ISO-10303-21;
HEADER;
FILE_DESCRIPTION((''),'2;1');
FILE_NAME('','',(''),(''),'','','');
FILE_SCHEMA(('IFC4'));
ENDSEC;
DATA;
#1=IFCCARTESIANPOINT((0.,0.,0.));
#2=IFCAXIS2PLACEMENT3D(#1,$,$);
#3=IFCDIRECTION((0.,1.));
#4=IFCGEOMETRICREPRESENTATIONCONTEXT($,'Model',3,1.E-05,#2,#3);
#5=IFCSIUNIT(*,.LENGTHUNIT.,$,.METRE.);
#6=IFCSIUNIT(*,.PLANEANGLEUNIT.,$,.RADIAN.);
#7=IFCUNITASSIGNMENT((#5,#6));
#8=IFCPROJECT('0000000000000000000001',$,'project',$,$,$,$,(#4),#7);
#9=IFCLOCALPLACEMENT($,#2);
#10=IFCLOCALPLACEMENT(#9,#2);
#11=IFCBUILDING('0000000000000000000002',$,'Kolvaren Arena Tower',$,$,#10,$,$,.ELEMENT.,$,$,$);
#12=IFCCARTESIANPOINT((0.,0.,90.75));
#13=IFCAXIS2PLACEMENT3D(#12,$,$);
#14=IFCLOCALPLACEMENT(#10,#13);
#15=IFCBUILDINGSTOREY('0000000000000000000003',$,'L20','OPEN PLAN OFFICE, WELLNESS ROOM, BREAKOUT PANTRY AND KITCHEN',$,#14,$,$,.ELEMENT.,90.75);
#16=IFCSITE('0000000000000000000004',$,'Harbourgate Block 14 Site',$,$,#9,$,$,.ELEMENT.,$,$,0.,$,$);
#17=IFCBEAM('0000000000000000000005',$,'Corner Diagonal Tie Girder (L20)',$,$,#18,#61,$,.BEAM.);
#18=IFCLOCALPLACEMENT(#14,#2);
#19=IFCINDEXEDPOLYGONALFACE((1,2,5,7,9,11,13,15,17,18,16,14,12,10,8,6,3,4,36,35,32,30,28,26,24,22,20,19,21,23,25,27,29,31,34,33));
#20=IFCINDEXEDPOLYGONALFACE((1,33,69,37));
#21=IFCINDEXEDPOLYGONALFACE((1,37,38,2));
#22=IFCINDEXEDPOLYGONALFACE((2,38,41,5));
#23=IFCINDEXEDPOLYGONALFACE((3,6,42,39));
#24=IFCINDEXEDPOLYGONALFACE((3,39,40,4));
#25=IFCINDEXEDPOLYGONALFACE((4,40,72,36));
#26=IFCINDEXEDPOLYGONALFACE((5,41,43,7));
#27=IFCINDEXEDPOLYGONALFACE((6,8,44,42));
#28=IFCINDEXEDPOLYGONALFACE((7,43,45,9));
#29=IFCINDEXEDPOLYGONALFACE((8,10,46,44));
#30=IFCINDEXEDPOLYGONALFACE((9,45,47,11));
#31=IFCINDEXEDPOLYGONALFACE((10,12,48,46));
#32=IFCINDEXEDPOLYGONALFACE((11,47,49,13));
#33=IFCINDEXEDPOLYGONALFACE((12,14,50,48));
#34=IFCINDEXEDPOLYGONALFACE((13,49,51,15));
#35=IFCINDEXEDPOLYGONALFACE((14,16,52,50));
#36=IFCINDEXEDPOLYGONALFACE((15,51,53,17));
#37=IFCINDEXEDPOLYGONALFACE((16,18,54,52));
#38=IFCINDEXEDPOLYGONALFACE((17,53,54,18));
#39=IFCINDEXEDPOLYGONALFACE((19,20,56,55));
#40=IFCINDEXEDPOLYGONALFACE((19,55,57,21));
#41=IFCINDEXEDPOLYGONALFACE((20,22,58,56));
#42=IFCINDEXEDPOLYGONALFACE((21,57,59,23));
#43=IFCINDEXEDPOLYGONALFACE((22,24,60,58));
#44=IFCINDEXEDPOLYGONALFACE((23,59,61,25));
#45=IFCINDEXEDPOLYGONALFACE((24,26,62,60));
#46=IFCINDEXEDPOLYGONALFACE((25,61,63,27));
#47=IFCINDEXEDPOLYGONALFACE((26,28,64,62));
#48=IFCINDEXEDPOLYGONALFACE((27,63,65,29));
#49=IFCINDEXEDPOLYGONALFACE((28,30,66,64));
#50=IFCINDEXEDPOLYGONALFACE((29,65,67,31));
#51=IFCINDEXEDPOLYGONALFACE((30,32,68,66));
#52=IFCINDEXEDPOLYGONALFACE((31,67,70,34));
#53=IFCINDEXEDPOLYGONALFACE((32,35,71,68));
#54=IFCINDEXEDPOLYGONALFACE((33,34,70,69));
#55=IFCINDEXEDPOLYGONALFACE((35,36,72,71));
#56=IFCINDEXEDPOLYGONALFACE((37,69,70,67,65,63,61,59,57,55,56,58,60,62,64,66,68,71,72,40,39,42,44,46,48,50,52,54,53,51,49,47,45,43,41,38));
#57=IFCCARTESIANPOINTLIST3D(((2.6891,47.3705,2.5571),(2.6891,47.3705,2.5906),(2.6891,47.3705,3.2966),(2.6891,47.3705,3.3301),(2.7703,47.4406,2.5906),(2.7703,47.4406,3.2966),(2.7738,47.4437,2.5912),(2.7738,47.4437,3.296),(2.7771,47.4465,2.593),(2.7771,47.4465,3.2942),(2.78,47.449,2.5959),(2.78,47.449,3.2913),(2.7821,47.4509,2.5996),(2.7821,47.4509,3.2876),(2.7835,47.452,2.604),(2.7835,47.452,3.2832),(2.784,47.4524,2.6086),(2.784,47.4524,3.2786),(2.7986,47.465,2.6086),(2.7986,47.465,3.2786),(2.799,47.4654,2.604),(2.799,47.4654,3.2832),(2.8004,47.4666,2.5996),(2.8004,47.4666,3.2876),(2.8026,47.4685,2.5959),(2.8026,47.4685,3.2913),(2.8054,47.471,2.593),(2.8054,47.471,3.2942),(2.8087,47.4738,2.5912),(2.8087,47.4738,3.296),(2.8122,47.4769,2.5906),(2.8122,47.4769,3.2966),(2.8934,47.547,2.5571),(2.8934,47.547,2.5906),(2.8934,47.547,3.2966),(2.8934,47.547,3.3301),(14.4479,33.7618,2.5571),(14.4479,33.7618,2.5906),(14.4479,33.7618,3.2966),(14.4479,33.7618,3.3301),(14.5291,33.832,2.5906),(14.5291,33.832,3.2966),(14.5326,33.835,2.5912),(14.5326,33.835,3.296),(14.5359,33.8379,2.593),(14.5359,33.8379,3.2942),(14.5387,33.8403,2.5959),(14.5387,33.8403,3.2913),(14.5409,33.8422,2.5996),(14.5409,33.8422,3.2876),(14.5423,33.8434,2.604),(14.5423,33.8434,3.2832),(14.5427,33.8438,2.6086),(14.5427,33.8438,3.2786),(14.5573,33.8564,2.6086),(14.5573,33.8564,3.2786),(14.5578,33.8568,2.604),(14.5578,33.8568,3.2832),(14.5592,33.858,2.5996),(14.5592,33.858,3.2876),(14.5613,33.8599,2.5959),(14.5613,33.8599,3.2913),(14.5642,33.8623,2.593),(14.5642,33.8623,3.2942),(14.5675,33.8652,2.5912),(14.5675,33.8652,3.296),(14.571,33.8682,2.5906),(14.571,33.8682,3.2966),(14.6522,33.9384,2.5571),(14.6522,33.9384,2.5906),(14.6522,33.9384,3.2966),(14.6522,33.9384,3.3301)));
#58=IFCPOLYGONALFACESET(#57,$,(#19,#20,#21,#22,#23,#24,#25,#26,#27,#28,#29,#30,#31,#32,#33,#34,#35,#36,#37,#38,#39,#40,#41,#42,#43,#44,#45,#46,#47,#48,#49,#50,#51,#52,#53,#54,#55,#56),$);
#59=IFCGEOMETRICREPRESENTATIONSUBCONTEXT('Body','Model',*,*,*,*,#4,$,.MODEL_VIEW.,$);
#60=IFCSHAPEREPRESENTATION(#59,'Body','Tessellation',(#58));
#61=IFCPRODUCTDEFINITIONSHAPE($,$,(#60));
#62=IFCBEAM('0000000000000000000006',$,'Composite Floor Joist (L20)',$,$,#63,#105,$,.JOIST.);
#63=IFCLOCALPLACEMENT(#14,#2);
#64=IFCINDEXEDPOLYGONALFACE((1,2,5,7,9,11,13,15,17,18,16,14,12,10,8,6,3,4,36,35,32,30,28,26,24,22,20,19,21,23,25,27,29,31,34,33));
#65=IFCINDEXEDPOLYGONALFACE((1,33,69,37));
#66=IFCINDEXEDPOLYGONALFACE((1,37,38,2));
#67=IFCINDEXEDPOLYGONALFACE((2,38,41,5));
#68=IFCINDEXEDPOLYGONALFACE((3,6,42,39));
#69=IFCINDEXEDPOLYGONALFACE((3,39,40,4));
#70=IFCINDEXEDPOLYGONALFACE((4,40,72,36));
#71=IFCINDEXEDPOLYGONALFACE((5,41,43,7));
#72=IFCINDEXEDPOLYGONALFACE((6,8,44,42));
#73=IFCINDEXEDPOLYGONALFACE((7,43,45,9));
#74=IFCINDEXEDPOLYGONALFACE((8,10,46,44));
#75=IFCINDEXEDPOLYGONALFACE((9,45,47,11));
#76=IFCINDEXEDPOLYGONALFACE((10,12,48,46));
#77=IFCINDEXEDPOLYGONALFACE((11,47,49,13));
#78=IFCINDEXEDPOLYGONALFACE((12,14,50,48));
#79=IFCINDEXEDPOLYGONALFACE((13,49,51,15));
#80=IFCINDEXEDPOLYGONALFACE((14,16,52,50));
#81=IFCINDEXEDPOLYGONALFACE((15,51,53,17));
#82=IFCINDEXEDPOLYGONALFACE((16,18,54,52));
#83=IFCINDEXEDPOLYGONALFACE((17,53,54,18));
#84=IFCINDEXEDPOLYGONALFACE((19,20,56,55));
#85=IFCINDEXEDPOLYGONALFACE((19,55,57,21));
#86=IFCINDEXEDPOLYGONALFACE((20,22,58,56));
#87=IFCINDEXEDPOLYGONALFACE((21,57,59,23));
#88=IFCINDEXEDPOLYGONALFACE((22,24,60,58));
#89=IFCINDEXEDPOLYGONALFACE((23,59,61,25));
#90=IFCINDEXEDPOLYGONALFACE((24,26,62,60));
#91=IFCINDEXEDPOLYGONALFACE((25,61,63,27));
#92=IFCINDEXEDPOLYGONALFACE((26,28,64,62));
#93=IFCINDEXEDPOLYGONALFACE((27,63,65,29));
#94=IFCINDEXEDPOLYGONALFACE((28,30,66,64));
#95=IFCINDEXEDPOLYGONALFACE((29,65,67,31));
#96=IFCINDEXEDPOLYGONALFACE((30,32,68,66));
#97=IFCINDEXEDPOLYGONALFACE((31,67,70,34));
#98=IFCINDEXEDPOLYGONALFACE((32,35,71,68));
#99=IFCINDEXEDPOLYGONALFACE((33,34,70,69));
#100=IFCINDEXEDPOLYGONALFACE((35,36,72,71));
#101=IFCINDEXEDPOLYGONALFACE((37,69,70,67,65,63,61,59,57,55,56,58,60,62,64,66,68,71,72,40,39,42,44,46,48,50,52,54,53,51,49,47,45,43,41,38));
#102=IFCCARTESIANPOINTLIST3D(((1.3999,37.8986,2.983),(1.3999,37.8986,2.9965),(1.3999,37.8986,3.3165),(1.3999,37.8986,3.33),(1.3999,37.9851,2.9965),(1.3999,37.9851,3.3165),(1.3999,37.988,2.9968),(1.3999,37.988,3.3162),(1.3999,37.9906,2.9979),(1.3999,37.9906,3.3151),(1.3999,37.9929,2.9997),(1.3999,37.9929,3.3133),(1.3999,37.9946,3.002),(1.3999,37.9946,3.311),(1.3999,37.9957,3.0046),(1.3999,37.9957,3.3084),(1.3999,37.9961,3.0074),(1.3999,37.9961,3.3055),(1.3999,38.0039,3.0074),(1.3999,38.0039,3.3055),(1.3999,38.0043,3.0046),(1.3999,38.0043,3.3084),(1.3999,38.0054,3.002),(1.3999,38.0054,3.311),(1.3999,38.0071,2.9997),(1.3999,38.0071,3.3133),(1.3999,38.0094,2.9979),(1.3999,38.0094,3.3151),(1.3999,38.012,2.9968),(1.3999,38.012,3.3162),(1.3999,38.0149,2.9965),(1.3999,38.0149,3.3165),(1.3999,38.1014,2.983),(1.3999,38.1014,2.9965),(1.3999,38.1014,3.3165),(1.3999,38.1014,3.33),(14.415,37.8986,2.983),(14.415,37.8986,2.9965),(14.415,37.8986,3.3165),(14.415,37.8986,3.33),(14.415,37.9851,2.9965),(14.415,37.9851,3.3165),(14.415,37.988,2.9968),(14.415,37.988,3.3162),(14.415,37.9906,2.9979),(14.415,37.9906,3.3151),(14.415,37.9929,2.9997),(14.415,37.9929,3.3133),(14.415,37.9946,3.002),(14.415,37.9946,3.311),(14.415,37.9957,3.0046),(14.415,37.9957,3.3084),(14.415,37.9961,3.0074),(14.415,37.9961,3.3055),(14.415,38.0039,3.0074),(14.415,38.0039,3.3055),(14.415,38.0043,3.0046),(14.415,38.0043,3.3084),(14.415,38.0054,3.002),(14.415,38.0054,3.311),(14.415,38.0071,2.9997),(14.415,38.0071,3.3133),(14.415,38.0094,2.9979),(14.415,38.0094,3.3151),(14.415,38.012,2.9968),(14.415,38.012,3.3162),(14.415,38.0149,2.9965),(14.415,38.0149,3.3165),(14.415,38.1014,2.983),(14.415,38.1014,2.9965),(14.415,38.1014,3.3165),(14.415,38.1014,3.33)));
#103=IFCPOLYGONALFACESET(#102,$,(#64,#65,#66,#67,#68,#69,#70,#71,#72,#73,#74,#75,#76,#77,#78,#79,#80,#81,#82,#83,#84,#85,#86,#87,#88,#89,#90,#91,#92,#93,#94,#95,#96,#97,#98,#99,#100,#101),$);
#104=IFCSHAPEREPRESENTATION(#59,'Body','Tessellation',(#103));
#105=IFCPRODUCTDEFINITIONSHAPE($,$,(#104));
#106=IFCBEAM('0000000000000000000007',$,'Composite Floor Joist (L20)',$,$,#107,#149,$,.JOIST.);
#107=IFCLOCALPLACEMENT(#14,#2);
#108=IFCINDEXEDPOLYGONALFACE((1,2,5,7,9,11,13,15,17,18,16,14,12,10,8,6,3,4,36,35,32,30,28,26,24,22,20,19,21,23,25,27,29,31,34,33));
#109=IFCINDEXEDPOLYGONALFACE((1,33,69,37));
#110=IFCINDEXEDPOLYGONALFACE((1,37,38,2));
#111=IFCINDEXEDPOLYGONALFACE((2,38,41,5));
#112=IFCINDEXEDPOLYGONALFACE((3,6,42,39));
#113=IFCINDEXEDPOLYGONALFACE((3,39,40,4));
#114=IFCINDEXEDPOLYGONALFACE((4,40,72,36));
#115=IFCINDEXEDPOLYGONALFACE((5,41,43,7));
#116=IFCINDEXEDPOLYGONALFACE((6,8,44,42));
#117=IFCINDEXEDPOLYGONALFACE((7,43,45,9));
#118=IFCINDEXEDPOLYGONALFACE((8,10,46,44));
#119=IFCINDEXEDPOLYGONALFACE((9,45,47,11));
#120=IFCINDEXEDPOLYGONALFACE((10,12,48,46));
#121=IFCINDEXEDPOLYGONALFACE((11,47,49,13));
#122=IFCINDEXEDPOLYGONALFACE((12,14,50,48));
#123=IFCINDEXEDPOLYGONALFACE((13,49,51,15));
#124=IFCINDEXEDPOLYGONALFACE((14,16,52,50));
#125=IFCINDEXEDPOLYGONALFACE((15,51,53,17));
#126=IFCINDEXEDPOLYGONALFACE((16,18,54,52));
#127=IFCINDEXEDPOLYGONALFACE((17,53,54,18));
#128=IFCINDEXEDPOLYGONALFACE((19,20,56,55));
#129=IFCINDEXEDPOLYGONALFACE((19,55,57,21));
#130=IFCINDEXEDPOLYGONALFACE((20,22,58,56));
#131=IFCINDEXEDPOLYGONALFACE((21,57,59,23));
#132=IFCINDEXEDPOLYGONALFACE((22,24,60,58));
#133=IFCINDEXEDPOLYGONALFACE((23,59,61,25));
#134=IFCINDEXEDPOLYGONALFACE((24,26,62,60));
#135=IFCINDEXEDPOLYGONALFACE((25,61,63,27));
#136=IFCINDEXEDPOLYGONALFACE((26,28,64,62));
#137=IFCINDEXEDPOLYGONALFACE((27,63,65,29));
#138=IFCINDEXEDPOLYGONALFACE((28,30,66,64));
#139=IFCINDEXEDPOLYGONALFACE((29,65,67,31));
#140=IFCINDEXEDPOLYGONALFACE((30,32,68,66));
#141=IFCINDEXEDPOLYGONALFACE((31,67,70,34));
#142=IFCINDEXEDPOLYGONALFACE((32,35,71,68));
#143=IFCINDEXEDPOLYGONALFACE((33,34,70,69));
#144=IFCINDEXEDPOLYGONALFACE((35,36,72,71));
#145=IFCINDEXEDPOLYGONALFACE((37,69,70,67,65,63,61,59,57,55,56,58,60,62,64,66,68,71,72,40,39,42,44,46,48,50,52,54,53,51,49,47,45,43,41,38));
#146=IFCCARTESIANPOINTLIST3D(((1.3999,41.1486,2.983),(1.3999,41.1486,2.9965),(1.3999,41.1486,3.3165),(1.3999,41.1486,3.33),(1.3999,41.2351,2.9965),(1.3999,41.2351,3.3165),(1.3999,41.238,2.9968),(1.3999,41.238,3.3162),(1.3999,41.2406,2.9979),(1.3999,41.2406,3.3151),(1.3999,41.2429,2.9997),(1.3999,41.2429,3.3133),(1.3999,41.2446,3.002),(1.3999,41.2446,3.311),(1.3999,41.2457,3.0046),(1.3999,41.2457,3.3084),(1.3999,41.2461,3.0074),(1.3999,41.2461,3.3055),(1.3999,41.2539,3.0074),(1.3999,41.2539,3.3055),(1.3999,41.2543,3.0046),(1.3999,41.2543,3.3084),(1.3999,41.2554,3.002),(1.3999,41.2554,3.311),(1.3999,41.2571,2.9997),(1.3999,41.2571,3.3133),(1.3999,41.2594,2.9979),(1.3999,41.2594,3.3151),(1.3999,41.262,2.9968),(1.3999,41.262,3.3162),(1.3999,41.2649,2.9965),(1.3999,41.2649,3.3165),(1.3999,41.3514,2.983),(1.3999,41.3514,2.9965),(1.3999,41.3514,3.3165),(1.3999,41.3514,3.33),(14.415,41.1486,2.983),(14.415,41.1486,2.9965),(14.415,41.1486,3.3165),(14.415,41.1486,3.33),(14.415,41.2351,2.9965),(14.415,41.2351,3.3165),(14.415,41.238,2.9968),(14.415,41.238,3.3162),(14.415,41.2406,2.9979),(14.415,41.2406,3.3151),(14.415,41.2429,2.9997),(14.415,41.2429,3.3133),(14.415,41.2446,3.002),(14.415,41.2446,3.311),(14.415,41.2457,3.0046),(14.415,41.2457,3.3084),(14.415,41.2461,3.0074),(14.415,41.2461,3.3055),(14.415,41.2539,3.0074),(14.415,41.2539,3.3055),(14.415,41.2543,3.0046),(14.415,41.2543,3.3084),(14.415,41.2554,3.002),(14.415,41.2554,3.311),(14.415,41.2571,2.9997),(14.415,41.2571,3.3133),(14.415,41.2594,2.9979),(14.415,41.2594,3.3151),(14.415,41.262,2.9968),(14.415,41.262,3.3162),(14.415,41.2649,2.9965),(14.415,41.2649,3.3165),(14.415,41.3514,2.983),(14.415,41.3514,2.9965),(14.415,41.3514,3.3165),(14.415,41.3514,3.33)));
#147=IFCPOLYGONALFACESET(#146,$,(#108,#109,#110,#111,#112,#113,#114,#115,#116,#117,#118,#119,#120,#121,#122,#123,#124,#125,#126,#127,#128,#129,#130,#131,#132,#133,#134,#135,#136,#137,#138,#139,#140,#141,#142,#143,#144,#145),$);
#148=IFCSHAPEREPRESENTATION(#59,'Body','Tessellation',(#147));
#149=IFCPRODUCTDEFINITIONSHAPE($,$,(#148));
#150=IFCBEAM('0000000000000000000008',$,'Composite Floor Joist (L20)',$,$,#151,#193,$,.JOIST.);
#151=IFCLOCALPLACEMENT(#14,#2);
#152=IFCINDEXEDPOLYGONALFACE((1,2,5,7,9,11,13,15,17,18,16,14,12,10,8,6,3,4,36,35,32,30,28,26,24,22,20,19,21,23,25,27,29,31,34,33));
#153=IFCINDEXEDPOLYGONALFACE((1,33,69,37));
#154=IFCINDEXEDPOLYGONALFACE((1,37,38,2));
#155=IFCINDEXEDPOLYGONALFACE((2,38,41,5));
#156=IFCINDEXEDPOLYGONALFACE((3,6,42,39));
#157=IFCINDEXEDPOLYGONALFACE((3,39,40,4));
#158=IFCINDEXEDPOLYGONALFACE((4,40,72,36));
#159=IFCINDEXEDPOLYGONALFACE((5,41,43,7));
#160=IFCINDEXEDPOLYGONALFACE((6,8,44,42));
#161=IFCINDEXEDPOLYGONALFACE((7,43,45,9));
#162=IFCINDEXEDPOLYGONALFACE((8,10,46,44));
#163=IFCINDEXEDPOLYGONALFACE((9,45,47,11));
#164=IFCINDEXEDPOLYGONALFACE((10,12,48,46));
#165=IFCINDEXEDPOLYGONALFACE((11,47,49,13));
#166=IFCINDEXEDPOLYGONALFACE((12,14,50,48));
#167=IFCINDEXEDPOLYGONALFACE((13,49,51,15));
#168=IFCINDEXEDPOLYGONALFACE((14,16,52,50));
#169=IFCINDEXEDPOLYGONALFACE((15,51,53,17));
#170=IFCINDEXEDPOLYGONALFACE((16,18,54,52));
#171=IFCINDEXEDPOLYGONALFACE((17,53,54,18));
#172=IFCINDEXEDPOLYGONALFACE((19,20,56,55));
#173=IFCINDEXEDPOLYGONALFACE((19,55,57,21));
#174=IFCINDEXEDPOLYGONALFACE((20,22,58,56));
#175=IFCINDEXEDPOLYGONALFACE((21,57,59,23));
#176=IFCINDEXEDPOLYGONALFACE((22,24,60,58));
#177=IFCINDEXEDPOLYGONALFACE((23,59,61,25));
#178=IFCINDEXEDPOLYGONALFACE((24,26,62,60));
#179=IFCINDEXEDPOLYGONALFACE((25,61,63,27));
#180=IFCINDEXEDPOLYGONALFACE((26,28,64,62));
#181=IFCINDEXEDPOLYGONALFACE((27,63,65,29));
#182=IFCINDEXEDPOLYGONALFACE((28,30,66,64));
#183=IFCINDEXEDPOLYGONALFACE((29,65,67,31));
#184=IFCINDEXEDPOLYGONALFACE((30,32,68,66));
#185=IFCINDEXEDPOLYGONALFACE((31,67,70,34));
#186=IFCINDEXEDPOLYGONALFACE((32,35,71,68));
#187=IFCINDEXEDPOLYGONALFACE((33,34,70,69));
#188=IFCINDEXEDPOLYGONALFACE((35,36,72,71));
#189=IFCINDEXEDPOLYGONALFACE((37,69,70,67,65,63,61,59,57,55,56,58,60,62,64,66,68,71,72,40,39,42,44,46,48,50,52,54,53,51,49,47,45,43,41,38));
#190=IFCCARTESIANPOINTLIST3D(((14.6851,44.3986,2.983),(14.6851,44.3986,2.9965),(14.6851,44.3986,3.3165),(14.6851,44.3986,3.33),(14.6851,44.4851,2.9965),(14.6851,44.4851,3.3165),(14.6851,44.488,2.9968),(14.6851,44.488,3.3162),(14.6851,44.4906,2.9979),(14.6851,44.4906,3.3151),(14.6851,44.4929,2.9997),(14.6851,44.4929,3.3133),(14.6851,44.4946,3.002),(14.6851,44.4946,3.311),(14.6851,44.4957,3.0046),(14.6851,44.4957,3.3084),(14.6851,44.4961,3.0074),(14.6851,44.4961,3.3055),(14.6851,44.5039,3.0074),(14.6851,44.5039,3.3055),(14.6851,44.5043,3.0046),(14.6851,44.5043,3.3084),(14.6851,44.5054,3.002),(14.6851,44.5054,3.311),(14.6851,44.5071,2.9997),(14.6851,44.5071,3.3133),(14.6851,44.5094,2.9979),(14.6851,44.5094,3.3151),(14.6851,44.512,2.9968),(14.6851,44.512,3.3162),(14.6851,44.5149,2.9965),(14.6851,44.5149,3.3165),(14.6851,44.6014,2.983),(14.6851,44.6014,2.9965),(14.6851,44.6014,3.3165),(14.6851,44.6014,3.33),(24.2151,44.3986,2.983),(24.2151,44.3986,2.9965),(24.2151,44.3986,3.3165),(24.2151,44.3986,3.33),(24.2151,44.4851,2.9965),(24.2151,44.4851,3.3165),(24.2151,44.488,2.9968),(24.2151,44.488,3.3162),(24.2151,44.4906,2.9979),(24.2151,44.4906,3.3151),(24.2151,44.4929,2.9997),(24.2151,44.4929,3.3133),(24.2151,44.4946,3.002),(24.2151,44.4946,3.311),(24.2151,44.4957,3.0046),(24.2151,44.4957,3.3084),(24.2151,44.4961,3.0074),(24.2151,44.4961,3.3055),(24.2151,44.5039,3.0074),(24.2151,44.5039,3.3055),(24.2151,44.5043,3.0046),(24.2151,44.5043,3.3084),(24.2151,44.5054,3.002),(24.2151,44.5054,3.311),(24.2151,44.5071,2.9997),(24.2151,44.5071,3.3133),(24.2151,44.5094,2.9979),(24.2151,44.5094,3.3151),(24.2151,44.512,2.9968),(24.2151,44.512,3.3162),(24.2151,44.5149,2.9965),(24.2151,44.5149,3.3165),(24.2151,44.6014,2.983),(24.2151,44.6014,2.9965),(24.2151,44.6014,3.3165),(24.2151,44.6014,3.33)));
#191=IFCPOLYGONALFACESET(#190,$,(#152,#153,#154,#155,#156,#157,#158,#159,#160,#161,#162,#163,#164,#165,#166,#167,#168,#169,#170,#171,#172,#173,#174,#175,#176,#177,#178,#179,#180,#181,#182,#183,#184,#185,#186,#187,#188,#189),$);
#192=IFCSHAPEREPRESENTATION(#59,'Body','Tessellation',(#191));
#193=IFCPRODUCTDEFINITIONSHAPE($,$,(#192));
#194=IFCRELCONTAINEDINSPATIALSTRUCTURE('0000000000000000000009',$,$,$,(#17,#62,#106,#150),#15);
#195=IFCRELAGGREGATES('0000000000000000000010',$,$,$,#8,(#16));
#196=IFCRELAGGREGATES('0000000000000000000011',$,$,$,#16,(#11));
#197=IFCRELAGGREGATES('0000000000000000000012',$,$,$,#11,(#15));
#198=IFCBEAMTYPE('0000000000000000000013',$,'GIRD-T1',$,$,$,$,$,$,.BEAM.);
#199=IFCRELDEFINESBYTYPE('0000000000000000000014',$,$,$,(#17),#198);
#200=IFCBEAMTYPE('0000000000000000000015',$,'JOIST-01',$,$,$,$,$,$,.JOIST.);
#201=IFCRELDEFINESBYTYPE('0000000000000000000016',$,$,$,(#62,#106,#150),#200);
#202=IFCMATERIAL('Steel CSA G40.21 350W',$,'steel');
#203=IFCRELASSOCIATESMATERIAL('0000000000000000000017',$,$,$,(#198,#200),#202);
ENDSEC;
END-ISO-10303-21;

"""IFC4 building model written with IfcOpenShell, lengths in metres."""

from ifc_helpers import new_model, si_unit, direction, frame, origin, origin_2d, place, context, subcontext, project, spatial, i_section, extrude, material, material_profile, profile_set, type_object, element, save


model = new_model("IFC4")

# Units and contexts
model_context = context("Model", 3, precision=1e-05, world=origin(), true_north=direction((0.0, 1.0)))
body_context = subcontext(model_context, "Body", "Model", "MODEL_VIEW")
ifc_project = project(units=[si_unit("LENGTHUNIT", "METRE"), si_unit("PLANEANGLEUNIT", "RADIAN")], contexts=[model_context])

# Site, building, storey
site_placement = place(None, origin())
site = spatial("IfcSite", under=ifc_project, at=site_placement, Name="Harbourgate Block 14 Site", CompositionType="ELEMENT", RefElevation=0.0)
building_placement = place(site_placement, origin())
building = spatial("IfcBuilding", under=site, at=building_placement, Name="Kolvaren Arena Tower", CompositionType="ELEMENT")
storey_placement = place(building_placement, frame((0.0, 0.0, 90.75)))
storey = spatial("IfcBuildingStorey", under=building, at=storey_placement, Name="L20", Description="OPEN PLAN OFFICE, WELLNESS ROOM, BREAKOUT PANTRY AND KITCHEN", CompositionType="ELEMENT", Elevation=90.75)

# Beams
ifc_material_1 = material(Name="Steel CSA G40.21 350W", Category="steel")
ifc_material_profile_1 = material_profile(ifc_material_1, i_section(OverallWidth=0.27, OverallDepth=0.7729, WebThickness=0.0193, FlangeThickness=0.0334, FilletRadius=0.0181, at=origin_2d()), Name="W760x257")
ifc_profile_set_1 = profile_set([ifc_material_profile_1], Name="Steel CSA G40.21 350W")
beam_type_1 = type_object("IfcBeamType", Name="GIRD-T1", PredefinedType="BEAM", material=ifc_profile_set_1)
beam_1_placement = place(storey_placement, frame((2.7913, 47.4587, 2.9436), z_axis=(0.653807, -0.756662, 0.0), x_axis=(0.756662, 0.653807, 0.0)))
element("IfcBeam", 1, at=beam_1_placement, inside=storey, type_object=beam_type_1, Name="Corner Diagonal Tie Girder (L20)", PredefinedType="BEAM", context=body_context, shape_type="SweptSolid", body=[
    extrude(i_section(OverallWidth=0.27, OverallDepth=0.7729, WebThickness=0.0193, FlangeThickness=0.0334, FilletRadius=0.0181, at=origin_2d()), origin(), (0.0, 0.0, 1.0), 17.9851),
])
ifc_material_profile_2 = material_profile(ifc_material_1, i_section(OverallWidth=0.2029, OverallDepth=0.3469, WebThickness=0.0078, FlangeThickness=0.0134, FilletRadius=0.011, at=origin_2d()), Name="W360x64")
ifc_profile_set_2 = profile_set([ifc_material_profile_2], Name="Steel CSA G40.21 350W")
beam_type_2 = type_object("IfcBeamType", Name="JOIST-01", PredefinedType="JOIST", material=ifc_profile_set_2)
for number, where, z_axis, x_axis, name in (
    (2, (1.3999, 38.0, 3.1565), (1.0, 0.0, 0.0), (0.0, 1.0, 0.0), "Composite Floor Joist (L20)"),
    (3, (1.3999, 41.25, 3.1565), (1.0, 0.0, 0.0), (0.0, 1.0, 0.0), "Composite Floor Joist (L20)"),
):
    element("IfcBeam", number, at=place(storey_placement, frame(where, z_axis=z_axis, x_axis=x_axis)), inside=storey, type_object=beam_type_2, Name=name, PredefinedType="JOIST", context=body_context, shape_type="SweptSolid", body=[
        extrude(i_section(OverallWidth=0.2029, OverallDepth=0.3469, WebThickness=0.0078, FlangeThickness=0.0134, FilletRadius=0.011, at=origin_2d()), origin(), (0.0, 0.0, 1.0), 13.0151),
    ])
beam_2_placement = place(storey_placement, frame((14.6851, 44.5, 3.1565), z_axis=(1.0, 0.0, 0.0), x_axis=(0.0, 1.0, 0.0)))
element("IfcBeam", 4, at=beam_2_placement, inside=storey, type_object=beam_type_2, Name="Composite Floor Joist (L20)", PredefinedType="JOIST", context=body_context, shape_type="SweptSolid", body=[
    extrude(i_section(OverallWidth=0.2029, OverallDepth=0.3469, WebThickness=0.0078, FlangeThickness=0.0134, FilletRadius=0.011, at=origin_2d()), origin(), (0.0, 0.0, 1.0), 9.53),
])

save(model, "model.ifc")
